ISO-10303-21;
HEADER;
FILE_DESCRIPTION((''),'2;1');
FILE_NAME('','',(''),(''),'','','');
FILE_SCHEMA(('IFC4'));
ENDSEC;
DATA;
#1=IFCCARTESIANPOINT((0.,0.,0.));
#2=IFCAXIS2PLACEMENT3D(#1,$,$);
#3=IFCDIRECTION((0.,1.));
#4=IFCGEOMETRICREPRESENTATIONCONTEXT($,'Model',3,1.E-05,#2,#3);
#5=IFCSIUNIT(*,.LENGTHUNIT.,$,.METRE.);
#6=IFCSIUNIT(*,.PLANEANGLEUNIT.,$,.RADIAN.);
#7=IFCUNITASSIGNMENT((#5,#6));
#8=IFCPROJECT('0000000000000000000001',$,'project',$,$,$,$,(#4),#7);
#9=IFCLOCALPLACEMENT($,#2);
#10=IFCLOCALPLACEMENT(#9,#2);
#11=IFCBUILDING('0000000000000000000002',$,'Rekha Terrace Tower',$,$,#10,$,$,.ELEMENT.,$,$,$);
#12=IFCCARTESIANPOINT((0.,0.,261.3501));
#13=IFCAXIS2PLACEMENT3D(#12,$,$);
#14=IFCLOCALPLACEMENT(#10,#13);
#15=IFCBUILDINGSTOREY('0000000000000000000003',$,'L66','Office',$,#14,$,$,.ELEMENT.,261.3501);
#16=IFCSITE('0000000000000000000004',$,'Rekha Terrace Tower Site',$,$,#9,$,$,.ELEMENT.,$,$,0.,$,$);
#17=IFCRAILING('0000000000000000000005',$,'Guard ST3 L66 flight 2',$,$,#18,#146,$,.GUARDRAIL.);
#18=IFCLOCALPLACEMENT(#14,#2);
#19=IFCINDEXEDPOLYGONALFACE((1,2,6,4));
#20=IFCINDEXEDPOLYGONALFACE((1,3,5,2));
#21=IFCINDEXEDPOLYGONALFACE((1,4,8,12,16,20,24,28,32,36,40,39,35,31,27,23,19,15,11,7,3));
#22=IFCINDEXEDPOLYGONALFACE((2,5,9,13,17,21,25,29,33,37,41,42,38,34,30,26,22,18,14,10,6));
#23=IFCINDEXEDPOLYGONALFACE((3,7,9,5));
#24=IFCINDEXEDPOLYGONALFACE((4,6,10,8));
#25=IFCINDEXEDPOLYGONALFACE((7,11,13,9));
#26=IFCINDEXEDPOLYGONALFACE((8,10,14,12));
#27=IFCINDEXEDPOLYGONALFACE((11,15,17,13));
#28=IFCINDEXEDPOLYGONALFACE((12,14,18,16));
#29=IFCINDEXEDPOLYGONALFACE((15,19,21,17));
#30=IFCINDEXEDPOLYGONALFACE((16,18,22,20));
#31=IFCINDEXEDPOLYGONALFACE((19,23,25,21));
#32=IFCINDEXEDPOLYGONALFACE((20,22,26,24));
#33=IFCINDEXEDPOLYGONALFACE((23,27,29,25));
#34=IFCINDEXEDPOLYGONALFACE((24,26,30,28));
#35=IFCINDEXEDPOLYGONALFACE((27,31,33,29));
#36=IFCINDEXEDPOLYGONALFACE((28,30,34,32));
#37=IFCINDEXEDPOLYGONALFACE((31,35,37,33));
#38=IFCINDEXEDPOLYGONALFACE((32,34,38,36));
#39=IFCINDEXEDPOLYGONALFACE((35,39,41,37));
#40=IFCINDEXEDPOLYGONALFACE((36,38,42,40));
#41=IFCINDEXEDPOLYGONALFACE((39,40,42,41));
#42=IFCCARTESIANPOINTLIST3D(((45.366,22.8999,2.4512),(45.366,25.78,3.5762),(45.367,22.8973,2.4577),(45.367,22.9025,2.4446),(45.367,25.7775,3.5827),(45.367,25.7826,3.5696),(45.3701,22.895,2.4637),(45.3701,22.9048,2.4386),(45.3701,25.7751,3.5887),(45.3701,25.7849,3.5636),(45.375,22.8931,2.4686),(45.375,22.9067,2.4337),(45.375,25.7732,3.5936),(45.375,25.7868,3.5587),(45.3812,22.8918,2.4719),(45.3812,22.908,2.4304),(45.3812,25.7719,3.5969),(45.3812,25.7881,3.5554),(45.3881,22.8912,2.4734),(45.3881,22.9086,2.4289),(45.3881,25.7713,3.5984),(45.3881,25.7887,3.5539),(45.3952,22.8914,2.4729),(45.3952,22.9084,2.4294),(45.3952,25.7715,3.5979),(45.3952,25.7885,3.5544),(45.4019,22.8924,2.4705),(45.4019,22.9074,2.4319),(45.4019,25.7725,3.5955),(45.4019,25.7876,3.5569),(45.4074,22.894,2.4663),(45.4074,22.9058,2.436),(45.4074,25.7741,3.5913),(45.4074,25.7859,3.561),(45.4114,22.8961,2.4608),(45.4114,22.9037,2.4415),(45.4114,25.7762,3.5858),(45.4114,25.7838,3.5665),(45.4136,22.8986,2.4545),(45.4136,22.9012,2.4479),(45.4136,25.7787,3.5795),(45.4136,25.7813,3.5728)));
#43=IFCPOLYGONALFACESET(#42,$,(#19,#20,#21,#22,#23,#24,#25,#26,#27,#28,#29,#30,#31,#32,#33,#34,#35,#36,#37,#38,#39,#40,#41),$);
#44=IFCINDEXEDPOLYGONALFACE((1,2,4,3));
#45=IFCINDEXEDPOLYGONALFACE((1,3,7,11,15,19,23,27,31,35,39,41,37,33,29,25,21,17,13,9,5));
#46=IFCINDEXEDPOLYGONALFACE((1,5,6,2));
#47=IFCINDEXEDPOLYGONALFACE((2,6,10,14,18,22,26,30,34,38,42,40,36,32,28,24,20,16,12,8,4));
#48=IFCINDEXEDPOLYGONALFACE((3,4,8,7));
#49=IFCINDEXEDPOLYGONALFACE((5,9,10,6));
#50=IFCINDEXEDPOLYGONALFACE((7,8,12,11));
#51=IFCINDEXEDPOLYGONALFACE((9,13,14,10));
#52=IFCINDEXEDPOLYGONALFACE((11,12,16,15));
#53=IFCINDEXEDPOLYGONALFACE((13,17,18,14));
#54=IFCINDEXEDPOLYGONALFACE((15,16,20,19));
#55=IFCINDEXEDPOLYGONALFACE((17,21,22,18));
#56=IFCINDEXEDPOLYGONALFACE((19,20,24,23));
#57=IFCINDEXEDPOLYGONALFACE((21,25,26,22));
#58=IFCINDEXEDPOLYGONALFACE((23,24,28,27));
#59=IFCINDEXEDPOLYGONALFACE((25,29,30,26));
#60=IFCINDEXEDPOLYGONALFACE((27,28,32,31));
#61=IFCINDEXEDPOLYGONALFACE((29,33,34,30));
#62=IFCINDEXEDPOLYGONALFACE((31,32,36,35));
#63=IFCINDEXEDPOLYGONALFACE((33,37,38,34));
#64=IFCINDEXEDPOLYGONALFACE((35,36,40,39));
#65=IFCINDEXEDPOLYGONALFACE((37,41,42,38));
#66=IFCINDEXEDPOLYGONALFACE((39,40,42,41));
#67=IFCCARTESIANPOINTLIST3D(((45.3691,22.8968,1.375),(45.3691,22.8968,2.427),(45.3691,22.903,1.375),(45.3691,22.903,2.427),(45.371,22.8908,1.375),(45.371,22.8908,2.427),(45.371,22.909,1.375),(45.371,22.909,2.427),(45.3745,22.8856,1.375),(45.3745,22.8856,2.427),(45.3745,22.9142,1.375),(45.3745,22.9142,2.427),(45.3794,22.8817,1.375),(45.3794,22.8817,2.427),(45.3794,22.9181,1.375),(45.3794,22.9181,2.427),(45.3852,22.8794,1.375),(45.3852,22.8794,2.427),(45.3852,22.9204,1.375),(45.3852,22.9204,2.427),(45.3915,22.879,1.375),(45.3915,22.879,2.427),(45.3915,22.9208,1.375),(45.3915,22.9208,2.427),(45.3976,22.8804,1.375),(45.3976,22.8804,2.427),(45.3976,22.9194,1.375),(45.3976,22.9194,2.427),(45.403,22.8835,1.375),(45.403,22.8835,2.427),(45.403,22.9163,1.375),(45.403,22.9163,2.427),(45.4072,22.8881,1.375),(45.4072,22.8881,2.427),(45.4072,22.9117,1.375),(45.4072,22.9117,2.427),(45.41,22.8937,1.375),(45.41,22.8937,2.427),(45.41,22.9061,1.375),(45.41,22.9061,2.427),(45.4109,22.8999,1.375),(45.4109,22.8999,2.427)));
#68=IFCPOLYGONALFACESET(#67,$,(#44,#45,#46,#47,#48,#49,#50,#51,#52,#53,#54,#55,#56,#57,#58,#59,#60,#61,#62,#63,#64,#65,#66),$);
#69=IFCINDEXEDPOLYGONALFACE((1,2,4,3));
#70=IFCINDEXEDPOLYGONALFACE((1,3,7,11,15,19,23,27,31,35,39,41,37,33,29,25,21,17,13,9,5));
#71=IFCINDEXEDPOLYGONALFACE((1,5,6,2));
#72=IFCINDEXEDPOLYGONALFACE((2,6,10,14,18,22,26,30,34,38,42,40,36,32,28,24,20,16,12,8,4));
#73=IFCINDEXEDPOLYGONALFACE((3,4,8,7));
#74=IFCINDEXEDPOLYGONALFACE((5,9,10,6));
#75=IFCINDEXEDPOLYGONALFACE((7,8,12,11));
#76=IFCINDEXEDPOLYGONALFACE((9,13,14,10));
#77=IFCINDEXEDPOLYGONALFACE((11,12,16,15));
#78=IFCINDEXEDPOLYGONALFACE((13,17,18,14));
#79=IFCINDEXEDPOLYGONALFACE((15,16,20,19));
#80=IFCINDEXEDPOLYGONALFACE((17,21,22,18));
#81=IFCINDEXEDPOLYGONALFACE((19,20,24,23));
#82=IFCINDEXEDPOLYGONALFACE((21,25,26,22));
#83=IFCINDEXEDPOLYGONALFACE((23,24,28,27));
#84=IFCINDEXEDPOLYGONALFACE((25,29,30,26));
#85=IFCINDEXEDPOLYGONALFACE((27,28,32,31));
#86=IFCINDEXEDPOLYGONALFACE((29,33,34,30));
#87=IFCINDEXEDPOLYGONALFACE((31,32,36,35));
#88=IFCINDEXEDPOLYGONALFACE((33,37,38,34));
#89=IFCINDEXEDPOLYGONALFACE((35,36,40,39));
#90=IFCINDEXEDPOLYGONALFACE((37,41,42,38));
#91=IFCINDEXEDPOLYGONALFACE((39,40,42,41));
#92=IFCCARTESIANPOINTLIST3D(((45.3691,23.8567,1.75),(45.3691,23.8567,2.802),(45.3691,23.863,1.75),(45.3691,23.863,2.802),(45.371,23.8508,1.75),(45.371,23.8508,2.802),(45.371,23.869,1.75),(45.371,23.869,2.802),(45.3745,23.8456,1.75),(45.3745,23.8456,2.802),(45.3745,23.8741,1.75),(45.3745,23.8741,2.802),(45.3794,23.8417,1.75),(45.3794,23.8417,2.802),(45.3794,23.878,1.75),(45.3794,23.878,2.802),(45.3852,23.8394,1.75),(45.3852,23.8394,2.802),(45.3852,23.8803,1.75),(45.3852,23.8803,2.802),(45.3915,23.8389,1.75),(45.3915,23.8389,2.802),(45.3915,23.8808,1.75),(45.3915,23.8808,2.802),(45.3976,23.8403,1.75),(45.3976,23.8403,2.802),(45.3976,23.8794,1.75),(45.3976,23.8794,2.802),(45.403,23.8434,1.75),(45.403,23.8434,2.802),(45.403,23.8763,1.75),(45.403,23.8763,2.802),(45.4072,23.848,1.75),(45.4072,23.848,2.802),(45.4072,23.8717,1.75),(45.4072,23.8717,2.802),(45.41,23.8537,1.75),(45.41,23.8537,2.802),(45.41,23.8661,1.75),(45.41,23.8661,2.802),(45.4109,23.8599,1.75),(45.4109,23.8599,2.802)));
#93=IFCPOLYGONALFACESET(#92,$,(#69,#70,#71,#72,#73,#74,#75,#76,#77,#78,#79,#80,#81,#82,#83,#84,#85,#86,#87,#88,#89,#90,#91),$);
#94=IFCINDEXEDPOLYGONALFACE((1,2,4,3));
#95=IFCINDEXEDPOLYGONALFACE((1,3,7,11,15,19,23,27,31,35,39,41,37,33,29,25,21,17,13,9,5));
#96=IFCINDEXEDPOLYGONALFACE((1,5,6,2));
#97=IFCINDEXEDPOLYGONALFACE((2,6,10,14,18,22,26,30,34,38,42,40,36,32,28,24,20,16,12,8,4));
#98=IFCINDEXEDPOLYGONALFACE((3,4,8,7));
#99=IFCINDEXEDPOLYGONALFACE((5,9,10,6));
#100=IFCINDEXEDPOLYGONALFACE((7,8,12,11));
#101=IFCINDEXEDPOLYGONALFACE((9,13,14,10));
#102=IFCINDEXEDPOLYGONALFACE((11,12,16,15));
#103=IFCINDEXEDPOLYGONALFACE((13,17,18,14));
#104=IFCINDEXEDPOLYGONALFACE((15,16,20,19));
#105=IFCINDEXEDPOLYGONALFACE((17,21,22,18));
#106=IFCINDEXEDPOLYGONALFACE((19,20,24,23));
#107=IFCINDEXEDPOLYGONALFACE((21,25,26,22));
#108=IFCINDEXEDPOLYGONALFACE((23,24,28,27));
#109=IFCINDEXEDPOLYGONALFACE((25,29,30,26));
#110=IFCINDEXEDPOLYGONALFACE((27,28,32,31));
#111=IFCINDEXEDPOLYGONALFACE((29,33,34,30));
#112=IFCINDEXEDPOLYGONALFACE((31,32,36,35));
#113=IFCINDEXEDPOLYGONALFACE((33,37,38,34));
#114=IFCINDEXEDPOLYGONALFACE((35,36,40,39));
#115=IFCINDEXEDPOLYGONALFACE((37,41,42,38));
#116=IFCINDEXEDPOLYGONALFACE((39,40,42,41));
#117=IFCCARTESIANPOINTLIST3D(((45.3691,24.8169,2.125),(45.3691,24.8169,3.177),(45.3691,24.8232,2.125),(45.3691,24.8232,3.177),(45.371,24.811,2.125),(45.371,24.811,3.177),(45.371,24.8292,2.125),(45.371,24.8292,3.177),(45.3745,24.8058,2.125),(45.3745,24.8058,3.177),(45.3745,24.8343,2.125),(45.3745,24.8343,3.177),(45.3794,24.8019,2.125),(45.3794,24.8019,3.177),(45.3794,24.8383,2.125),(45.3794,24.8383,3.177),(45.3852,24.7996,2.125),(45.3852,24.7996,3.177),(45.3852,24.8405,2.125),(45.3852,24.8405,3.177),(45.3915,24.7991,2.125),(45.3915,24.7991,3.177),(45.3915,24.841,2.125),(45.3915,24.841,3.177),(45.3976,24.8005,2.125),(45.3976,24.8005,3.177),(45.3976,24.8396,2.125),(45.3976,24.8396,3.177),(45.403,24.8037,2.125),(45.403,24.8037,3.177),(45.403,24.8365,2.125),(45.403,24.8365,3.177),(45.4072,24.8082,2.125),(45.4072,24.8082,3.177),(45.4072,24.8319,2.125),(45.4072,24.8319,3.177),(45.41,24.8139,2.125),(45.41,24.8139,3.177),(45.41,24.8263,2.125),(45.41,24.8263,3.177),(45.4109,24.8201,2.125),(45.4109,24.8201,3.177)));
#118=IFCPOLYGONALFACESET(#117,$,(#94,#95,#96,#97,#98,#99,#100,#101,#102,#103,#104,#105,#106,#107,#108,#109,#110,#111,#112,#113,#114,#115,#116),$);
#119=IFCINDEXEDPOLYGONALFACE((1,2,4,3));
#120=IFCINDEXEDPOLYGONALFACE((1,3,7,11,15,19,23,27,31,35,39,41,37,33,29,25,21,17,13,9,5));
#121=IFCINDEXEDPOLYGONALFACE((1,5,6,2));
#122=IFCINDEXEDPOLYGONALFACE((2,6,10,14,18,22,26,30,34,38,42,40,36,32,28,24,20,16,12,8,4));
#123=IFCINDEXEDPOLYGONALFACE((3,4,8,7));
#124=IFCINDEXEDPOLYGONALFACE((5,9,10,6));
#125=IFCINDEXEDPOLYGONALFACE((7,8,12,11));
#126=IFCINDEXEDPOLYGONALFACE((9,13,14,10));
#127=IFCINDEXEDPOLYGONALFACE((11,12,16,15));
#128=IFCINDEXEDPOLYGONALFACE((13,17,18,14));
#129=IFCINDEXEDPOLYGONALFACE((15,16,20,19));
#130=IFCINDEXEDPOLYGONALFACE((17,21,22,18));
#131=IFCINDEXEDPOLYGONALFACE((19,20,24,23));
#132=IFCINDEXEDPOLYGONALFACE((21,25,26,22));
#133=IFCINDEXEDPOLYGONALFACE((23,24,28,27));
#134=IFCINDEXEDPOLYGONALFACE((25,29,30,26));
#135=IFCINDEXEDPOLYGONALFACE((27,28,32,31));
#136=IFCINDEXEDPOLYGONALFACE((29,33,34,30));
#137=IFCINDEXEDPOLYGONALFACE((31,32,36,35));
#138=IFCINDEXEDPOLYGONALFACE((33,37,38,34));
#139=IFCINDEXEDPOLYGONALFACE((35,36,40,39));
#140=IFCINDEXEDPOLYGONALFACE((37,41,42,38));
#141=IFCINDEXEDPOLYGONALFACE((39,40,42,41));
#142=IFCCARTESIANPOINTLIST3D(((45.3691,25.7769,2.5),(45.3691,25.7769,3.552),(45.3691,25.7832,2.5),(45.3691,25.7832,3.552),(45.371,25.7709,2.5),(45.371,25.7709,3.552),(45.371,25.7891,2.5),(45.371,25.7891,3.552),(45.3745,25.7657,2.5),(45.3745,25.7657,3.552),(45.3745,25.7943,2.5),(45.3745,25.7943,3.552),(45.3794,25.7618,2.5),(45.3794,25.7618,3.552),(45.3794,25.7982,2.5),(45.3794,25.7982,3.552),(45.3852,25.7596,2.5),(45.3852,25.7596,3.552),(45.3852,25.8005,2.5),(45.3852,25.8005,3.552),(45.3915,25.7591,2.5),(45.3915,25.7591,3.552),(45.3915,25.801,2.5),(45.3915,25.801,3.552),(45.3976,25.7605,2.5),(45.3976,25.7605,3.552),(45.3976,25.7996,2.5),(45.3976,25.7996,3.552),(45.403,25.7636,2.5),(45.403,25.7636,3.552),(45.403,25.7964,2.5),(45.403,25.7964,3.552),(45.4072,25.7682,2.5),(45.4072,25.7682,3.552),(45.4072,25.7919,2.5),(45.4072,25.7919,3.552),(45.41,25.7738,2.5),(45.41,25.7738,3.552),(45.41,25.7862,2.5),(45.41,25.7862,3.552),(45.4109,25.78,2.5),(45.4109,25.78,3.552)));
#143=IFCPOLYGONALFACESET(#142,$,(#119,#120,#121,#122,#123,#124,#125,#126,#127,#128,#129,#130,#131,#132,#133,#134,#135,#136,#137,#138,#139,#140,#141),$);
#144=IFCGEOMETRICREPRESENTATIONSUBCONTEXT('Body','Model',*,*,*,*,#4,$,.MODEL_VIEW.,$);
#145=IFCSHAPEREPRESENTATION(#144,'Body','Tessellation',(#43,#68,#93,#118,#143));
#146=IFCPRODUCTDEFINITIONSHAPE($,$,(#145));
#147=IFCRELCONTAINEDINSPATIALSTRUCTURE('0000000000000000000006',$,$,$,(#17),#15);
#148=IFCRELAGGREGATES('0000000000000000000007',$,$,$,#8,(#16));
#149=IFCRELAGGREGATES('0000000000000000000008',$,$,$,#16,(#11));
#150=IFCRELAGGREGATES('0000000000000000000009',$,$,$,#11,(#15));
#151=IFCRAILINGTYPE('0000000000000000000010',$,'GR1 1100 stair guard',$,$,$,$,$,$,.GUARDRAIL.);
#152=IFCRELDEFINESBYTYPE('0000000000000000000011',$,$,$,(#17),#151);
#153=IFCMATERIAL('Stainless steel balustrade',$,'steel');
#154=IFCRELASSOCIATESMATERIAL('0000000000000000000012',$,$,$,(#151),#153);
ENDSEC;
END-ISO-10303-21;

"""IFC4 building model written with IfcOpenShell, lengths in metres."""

from ifc_helpers import new_model, si_unit, direction, frame, origin, origin_2d, place, context, subcontext, project, spatial, circle, extrude, material, type_object, element, save


model = new_model("IFC4")

# Units and contexts
model_context = context("Model", 3, precision=1e-05, world=origin(), true_north=direction((0.0, 1.0)))
body_context = subcontext(model_context, "Body", "Model", "MODEL_VIEW")
ifc_project = project(units=[si_unit("LENGTHUNIT", "METRE"), si_unit("PLANEANGLEUNIT", "RADIAN")], contexts=[model_context])

# Site, building, storey
site_placement = place(None, origin())
site = spatial("IfcSite", under=ifc_project, at=site_placement, Name="Rekha Terrace Tower Site", CompositionType="ELEMENT", RefElevation=0.0)
building_placement = place(site_placement, origin())
building = spatial("IfcBuilding", under=site, at=building_placement, Name="Rekha Terrace Tower", CompositionType="ELEMENT")
storey_placement = place(building_placement, frame((0.0, 0.0, 261.3501)))
storey = spatial("IfcBuildingStorey", under=building, at=storey_placement, Name="L66", Description="Office", CompositionType="ELEMENT", Elevation=261.3501)

# Railing
ifc_material_1 = material(Name="Stainless steel balustrade", Category="steel")
railing_type_1 = type_object("IfcRailingType", Name="GR1 1100 stair guard", PredefinedType="GUARDRAIL", material=ifc_material_1)
railing_1_placement = place(storey_placement, frame((45.3899, 22.8999, 1.375)))
element("IfcRailing", 1, at=railing_1_placement, inside=storey, type_object=railing_type_1, Name="Guard ST3 L66 flight 2", PredefinedType="GUARDRAIL", context=body_context, shape_type="SweptSolid", body=[
    extrude(circle(Radius=0.0239, at=origin_2d()), frame((0.0, 0.0, 1.0762), z_axis=(0.0, 0.931463, 0.363837), x_axis=(-1.0, 0.0, 0.0)), (0.0, 0.0, 1.0), 3.092),
    extrude(circle(Radius=0.021, at=origin_2d()), origin(), (0.0, 0.0, 1.0), 1.052),
    extrude(circle(Radius=0.021, at=origin_2d()), frame((0.0, 0.96, 0.375)), (0.0, 0.0, 1.0), 1.052),
    extrude(circle(Radius=0.021, at=origin_2d()), frame((0.0, 1.9202, 0.75)), (0.0, 0.0, 1.0), 1.052),
    extrude(circle(Radius=0.021, at=origin_2d()), frame((0.0, 2.8801, 1.125)), (0.0, 0.0, 1.0), 1.052),
])

save(model, "model.ifc")
